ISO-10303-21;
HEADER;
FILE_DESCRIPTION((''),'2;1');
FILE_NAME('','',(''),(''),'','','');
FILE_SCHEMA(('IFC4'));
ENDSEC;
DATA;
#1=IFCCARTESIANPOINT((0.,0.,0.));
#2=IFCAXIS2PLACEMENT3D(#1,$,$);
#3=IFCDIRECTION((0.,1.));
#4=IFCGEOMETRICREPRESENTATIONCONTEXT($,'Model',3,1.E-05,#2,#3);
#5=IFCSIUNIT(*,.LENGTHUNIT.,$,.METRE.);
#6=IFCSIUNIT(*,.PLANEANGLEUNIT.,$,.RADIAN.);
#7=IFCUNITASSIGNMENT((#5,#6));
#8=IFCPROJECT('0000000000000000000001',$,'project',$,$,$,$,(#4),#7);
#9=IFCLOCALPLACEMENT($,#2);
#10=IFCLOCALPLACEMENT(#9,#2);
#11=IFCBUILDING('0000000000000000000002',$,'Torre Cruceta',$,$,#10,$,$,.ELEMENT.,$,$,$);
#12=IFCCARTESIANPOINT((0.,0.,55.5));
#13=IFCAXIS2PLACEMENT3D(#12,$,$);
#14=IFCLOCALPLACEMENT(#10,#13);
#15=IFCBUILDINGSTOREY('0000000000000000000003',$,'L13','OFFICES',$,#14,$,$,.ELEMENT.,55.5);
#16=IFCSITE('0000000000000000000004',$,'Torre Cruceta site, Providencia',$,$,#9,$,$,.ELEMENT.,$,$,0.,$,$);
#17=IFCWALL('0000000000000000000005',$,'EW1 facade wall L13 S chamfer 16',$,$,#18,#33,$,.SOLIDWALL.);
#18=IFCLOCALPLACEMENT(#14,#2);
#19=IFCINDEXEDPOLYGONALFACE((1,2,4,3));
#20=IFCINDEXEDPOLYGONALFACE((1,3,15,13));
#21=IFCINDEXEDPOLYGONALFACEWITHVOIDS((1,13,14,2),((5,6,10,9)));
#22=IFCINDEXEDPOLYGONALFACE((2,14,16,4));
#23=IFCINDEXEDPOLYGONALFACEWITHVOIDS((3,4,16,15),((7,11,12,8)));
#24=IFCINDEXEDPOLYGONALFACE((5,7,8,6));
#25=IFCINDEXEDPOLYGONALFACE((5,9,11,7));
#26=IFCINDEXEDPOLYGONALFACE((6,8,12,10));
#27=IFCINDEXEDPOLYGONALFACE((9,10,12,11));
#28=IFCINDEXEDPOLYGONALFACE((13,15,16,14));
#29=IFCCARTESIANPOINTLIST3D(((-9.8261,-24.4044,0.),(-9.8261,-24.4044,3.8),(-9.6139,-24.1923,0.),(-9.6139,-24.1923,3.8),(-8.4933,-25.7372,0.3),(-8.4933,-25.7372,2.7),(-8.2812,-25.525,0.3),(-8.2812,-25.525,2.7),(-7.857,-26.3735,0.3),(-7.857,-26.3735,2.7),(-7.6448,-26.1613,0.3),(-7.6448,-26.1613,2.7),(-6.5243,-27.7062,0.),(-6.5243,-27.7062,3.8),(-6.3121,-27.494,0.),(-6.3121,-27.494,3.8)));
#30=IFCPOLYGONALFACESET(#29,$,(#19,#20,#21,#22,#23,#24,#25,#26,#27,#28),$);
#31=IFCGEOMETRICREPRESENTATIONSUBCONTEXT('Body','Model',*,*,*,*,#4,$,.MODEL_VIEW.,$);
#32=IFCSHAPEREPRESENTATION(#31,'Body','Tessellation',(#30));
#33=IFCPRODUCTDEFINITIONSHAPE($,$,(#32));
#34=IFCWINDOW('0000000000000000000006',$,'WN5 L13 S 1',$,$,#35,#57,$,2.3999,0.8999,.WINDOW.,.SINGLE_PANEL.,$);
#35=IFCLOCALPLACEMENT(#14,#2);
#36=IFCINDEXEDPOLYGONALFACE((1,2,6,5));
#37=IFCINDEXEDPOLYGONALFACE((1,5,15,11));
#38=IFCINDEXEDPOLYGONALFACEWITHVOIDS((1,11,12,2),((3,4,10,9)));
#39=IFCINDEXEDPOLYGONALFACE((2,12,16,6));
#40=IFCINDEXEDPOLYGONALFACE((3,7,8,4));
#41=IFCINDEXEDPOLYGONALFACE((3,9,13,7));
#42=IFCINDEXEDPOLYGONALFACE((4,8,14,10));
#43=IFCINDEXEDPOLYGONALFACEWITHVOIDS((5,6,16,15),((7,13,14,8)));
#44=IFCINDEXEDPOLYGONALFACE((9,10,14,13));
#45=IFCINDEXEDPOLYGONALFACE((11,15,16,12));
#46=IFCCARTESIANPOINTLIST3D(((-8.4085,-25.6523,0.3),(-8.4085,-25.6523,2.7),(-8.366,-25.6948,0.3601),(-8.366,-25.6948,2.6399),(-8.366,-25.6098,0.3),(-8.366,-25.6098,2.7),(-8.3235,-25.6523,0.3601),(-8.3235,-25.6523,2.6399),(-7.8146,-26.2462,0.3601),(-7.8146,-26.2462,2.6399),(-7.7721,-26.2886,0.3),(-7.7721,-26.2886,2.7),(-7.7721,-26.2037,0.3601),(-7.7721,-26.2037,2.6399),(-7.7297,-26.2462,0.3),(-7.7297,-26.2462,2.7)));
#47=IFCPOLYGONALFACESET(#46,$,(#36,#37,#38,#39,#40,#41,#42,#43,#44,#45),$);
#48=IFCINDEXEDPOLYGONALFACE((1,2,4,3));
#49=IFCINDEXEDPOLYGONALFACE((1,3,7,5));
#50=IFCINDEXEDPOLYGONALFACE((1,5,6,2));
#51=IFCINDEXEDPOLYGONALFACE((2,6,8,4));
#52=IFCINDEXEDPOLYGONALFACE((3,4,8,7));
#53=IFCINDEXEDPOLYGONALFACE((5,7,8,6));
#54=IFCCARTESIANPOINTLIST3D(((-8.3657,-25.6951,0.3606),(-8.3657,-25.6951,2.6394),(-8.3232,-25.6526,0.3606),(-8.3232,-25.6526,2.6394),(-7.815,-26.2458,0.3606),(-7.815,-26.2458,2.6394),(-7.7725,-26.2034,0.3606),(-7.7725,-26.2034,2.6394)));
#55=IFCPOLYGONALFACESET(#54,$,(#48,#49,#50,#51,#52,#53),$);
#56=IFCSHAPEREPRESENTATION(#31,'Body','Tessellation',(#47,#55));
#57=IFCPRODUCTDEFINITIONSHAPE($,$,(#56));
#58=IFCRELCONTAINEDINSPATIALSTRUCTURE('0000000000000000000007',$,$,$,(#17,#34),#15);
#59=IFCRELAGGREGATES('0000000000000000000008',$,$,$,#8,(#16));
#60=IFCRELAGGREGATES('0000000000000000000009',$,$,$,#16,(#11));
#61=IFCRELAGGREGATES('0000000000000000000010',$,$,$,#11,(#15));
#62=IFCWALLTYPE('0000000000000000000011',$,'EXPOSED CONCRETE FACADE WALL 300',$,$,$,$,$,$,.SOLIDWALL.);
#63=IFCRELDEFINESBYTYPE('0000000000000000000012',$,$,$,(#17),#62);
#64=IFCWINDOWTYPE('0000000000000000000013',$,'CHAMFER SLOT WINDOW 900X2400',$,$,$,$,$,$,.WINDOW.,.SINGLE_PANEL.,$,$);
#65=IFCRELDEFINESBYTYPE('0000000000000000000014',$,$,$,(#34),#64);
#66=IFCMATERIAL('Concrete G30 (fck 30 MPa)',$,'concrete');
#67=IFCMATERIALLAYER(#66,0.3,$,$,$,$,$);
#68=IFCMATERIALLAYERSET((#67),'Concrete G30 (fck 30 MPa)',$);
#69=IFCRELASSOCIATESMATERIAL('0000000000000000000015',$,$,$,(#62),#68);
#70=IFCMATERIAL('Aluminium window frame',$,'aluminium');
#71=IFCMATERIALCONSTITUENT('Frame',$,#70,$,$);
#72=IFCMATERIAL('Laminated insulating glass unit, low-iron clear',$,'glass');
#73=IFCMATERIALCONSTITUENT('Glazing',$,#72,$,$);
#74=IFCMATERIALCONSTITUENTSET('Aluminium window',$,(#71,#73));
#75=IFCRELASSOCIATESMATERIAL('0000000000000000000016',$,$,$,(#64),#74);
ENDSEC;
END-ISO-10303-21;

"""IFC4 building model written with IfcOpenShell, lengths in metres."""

from ifc_helpers import new_model, si_unit, direction, frame, frame_2d, origin, place, context, subcontext, project, spatial, rectangle, hollow_rectangle, extrude, material, layer, layer_set, constituent, constituent_set, type_object, element, fill, save


model = new_model("IFC4")

# Units and contexts
model_context = context("Model", 3, precision=1e-05, world=origin(), true_north=direction((0.0, 1.0)))
body_context = subcontext(model_context, "Body", "Model", "MODEL_VIEW")
ifc_project = project(units=[si_unit("LENGTHUNIT", "METRE"), si_unit("PLANEANGLEUNIT", "RADIAN")], contexts=[model_context])

# Site, building, storey
site_placement = place(None, origin())
site = spatial("IfcSite", under=ifc_project, at=site_placement, Name="Torre Cruceta site, Providencia", CompositionType="ELEMENT", RefElevation=0.0)
building_placement = place(site_placement, origin())
building = spatial("IfcBuilding", under=site, at=building_placement, Name="Torre Cruceta", CompositionType="ELEMENT")
storey_placement = place(building_placement, frame((0.0, 0.0, 55.5)))
storey = spatial("IfcBuildingStorey", under=building, at=storey_placement, Name="L13", Description="OFFICES", CompositionType="ELEMENT", Elevation=55.5)

# Wall, opening, window
ifc_material_1 = material(Name="Concrete G30 (fck 30 MPa)", Category="concrete")
ifc_layer_1 = layer(ifc_material_1, 0.3)
ifc_layer_set_1 = layer_set([ifc_layer_1], Name="Concrete G30 (fck 30 MPa)")
wall_type = type_object("IfcWallType", Name="EXPOSED CONCRETE FACADE WALL 300", PredefinedType="SOLIDWALL", material=ifc_layer_set_1)
wall_placement = place(storey_placement, frame((-9.72, -24.2983, 0.0), z_axis=(0.0, 0.0, 1.0), x_axis=(0.707107, -0.707107, 0.0)))
wall = element("IfcWall", 1, at=wall_placement, inside=storey, type_object=wall_type, Name="EW1 facade wall L13 S chamfer 16", PredefinedType="SOLIDWALL", context=body_context, shape_type="SweptSolid", body=[
    extrude(rectangle(XDim=4.6694, YDim=0.3, at=frame_2d((2.3347, 0.0))), origin(), (0.0, 0.0, 1.0), 3.8),
])
opening_placement = place(wall_placement, frame((1.8848, 0.0, 0.3)))
opening = element("IfcOpeningElement", 2, at=opening_placement, cuts=wall, PredefinedType="OPENING", context=body_context, shape_type="SweptSolid", body=[
    extrude(rectangle(XDim=0.8999, YDim=2.3999, at=frame_2d((0.45, 1.2))), frame((0.0, 0.1599, 0.0), z_axis=(0.0, -1.0, 0.0), x_axis=(1.0, 0.0, 0.0)), (0.0, 0.0, 1.0), 0.3201),
])
ifc_material_2 = material(Name="Aluminium window frame", Category="aluminium")
ifc_constituent_1 = constituent(ifc_material_2, Name="Frame")
ifc_material_3 = material(Name="Laminated insulating glass unit, low-iron clear", Category="glass")
ifc_constituent_2 = constituent(ifc_material_3, Name="Glazing")
ifc_constituent_set = constituent_set(constituents=[ifc_constituent_1, ifc_constituent_2], Name="Aluminium window")
window_type = type_object("IfcWindowType", Name="CHAMFER SLOT WINDOW 900X2400", PartitioningType="SINGLE_PANEL", PredefinedType="WINDOW", material=ifc_constituent_set)
window_placement = place(opening_placement, origin())
window = element("IfcWindow", 3, at=window_placement, inside=storey, type_object=window_type, Name="WN5 L13 S 1", OverallHeight=2.3999, OverallWidth=0.8999, PartitioningType="SINGLE_PANEL", PredefinedType="WINDOW", context=body_context, shape_type="SweptSolid", body=[
    extrude(hollow_rectangle(XDim=0.8999, YDim=2.3999, WallThickness=0.0601, at=frame_2d((0.45, 1.2))), frame((0.0, 0.03, 0.0), z_axis=(0.0, -1.0, 0.0), x_axis=(1.0, 0.0, 0.0)), (0.0, 0.0, 1.0), 0.0601),
    extrude(rectangle(XDim=0.7788, YDim=2.2788, at=frame_2d((0.45, 1.2))), frame((0.0, 0.03, 0.0), z_axis=(0.0, -1.0, 0.0), x_axis=(1.0, 0.0, 0.0)), (0.0, 0.0, 1.0), 0.0601),
])
fill(opening, window)

save(model, "model.ifc")
